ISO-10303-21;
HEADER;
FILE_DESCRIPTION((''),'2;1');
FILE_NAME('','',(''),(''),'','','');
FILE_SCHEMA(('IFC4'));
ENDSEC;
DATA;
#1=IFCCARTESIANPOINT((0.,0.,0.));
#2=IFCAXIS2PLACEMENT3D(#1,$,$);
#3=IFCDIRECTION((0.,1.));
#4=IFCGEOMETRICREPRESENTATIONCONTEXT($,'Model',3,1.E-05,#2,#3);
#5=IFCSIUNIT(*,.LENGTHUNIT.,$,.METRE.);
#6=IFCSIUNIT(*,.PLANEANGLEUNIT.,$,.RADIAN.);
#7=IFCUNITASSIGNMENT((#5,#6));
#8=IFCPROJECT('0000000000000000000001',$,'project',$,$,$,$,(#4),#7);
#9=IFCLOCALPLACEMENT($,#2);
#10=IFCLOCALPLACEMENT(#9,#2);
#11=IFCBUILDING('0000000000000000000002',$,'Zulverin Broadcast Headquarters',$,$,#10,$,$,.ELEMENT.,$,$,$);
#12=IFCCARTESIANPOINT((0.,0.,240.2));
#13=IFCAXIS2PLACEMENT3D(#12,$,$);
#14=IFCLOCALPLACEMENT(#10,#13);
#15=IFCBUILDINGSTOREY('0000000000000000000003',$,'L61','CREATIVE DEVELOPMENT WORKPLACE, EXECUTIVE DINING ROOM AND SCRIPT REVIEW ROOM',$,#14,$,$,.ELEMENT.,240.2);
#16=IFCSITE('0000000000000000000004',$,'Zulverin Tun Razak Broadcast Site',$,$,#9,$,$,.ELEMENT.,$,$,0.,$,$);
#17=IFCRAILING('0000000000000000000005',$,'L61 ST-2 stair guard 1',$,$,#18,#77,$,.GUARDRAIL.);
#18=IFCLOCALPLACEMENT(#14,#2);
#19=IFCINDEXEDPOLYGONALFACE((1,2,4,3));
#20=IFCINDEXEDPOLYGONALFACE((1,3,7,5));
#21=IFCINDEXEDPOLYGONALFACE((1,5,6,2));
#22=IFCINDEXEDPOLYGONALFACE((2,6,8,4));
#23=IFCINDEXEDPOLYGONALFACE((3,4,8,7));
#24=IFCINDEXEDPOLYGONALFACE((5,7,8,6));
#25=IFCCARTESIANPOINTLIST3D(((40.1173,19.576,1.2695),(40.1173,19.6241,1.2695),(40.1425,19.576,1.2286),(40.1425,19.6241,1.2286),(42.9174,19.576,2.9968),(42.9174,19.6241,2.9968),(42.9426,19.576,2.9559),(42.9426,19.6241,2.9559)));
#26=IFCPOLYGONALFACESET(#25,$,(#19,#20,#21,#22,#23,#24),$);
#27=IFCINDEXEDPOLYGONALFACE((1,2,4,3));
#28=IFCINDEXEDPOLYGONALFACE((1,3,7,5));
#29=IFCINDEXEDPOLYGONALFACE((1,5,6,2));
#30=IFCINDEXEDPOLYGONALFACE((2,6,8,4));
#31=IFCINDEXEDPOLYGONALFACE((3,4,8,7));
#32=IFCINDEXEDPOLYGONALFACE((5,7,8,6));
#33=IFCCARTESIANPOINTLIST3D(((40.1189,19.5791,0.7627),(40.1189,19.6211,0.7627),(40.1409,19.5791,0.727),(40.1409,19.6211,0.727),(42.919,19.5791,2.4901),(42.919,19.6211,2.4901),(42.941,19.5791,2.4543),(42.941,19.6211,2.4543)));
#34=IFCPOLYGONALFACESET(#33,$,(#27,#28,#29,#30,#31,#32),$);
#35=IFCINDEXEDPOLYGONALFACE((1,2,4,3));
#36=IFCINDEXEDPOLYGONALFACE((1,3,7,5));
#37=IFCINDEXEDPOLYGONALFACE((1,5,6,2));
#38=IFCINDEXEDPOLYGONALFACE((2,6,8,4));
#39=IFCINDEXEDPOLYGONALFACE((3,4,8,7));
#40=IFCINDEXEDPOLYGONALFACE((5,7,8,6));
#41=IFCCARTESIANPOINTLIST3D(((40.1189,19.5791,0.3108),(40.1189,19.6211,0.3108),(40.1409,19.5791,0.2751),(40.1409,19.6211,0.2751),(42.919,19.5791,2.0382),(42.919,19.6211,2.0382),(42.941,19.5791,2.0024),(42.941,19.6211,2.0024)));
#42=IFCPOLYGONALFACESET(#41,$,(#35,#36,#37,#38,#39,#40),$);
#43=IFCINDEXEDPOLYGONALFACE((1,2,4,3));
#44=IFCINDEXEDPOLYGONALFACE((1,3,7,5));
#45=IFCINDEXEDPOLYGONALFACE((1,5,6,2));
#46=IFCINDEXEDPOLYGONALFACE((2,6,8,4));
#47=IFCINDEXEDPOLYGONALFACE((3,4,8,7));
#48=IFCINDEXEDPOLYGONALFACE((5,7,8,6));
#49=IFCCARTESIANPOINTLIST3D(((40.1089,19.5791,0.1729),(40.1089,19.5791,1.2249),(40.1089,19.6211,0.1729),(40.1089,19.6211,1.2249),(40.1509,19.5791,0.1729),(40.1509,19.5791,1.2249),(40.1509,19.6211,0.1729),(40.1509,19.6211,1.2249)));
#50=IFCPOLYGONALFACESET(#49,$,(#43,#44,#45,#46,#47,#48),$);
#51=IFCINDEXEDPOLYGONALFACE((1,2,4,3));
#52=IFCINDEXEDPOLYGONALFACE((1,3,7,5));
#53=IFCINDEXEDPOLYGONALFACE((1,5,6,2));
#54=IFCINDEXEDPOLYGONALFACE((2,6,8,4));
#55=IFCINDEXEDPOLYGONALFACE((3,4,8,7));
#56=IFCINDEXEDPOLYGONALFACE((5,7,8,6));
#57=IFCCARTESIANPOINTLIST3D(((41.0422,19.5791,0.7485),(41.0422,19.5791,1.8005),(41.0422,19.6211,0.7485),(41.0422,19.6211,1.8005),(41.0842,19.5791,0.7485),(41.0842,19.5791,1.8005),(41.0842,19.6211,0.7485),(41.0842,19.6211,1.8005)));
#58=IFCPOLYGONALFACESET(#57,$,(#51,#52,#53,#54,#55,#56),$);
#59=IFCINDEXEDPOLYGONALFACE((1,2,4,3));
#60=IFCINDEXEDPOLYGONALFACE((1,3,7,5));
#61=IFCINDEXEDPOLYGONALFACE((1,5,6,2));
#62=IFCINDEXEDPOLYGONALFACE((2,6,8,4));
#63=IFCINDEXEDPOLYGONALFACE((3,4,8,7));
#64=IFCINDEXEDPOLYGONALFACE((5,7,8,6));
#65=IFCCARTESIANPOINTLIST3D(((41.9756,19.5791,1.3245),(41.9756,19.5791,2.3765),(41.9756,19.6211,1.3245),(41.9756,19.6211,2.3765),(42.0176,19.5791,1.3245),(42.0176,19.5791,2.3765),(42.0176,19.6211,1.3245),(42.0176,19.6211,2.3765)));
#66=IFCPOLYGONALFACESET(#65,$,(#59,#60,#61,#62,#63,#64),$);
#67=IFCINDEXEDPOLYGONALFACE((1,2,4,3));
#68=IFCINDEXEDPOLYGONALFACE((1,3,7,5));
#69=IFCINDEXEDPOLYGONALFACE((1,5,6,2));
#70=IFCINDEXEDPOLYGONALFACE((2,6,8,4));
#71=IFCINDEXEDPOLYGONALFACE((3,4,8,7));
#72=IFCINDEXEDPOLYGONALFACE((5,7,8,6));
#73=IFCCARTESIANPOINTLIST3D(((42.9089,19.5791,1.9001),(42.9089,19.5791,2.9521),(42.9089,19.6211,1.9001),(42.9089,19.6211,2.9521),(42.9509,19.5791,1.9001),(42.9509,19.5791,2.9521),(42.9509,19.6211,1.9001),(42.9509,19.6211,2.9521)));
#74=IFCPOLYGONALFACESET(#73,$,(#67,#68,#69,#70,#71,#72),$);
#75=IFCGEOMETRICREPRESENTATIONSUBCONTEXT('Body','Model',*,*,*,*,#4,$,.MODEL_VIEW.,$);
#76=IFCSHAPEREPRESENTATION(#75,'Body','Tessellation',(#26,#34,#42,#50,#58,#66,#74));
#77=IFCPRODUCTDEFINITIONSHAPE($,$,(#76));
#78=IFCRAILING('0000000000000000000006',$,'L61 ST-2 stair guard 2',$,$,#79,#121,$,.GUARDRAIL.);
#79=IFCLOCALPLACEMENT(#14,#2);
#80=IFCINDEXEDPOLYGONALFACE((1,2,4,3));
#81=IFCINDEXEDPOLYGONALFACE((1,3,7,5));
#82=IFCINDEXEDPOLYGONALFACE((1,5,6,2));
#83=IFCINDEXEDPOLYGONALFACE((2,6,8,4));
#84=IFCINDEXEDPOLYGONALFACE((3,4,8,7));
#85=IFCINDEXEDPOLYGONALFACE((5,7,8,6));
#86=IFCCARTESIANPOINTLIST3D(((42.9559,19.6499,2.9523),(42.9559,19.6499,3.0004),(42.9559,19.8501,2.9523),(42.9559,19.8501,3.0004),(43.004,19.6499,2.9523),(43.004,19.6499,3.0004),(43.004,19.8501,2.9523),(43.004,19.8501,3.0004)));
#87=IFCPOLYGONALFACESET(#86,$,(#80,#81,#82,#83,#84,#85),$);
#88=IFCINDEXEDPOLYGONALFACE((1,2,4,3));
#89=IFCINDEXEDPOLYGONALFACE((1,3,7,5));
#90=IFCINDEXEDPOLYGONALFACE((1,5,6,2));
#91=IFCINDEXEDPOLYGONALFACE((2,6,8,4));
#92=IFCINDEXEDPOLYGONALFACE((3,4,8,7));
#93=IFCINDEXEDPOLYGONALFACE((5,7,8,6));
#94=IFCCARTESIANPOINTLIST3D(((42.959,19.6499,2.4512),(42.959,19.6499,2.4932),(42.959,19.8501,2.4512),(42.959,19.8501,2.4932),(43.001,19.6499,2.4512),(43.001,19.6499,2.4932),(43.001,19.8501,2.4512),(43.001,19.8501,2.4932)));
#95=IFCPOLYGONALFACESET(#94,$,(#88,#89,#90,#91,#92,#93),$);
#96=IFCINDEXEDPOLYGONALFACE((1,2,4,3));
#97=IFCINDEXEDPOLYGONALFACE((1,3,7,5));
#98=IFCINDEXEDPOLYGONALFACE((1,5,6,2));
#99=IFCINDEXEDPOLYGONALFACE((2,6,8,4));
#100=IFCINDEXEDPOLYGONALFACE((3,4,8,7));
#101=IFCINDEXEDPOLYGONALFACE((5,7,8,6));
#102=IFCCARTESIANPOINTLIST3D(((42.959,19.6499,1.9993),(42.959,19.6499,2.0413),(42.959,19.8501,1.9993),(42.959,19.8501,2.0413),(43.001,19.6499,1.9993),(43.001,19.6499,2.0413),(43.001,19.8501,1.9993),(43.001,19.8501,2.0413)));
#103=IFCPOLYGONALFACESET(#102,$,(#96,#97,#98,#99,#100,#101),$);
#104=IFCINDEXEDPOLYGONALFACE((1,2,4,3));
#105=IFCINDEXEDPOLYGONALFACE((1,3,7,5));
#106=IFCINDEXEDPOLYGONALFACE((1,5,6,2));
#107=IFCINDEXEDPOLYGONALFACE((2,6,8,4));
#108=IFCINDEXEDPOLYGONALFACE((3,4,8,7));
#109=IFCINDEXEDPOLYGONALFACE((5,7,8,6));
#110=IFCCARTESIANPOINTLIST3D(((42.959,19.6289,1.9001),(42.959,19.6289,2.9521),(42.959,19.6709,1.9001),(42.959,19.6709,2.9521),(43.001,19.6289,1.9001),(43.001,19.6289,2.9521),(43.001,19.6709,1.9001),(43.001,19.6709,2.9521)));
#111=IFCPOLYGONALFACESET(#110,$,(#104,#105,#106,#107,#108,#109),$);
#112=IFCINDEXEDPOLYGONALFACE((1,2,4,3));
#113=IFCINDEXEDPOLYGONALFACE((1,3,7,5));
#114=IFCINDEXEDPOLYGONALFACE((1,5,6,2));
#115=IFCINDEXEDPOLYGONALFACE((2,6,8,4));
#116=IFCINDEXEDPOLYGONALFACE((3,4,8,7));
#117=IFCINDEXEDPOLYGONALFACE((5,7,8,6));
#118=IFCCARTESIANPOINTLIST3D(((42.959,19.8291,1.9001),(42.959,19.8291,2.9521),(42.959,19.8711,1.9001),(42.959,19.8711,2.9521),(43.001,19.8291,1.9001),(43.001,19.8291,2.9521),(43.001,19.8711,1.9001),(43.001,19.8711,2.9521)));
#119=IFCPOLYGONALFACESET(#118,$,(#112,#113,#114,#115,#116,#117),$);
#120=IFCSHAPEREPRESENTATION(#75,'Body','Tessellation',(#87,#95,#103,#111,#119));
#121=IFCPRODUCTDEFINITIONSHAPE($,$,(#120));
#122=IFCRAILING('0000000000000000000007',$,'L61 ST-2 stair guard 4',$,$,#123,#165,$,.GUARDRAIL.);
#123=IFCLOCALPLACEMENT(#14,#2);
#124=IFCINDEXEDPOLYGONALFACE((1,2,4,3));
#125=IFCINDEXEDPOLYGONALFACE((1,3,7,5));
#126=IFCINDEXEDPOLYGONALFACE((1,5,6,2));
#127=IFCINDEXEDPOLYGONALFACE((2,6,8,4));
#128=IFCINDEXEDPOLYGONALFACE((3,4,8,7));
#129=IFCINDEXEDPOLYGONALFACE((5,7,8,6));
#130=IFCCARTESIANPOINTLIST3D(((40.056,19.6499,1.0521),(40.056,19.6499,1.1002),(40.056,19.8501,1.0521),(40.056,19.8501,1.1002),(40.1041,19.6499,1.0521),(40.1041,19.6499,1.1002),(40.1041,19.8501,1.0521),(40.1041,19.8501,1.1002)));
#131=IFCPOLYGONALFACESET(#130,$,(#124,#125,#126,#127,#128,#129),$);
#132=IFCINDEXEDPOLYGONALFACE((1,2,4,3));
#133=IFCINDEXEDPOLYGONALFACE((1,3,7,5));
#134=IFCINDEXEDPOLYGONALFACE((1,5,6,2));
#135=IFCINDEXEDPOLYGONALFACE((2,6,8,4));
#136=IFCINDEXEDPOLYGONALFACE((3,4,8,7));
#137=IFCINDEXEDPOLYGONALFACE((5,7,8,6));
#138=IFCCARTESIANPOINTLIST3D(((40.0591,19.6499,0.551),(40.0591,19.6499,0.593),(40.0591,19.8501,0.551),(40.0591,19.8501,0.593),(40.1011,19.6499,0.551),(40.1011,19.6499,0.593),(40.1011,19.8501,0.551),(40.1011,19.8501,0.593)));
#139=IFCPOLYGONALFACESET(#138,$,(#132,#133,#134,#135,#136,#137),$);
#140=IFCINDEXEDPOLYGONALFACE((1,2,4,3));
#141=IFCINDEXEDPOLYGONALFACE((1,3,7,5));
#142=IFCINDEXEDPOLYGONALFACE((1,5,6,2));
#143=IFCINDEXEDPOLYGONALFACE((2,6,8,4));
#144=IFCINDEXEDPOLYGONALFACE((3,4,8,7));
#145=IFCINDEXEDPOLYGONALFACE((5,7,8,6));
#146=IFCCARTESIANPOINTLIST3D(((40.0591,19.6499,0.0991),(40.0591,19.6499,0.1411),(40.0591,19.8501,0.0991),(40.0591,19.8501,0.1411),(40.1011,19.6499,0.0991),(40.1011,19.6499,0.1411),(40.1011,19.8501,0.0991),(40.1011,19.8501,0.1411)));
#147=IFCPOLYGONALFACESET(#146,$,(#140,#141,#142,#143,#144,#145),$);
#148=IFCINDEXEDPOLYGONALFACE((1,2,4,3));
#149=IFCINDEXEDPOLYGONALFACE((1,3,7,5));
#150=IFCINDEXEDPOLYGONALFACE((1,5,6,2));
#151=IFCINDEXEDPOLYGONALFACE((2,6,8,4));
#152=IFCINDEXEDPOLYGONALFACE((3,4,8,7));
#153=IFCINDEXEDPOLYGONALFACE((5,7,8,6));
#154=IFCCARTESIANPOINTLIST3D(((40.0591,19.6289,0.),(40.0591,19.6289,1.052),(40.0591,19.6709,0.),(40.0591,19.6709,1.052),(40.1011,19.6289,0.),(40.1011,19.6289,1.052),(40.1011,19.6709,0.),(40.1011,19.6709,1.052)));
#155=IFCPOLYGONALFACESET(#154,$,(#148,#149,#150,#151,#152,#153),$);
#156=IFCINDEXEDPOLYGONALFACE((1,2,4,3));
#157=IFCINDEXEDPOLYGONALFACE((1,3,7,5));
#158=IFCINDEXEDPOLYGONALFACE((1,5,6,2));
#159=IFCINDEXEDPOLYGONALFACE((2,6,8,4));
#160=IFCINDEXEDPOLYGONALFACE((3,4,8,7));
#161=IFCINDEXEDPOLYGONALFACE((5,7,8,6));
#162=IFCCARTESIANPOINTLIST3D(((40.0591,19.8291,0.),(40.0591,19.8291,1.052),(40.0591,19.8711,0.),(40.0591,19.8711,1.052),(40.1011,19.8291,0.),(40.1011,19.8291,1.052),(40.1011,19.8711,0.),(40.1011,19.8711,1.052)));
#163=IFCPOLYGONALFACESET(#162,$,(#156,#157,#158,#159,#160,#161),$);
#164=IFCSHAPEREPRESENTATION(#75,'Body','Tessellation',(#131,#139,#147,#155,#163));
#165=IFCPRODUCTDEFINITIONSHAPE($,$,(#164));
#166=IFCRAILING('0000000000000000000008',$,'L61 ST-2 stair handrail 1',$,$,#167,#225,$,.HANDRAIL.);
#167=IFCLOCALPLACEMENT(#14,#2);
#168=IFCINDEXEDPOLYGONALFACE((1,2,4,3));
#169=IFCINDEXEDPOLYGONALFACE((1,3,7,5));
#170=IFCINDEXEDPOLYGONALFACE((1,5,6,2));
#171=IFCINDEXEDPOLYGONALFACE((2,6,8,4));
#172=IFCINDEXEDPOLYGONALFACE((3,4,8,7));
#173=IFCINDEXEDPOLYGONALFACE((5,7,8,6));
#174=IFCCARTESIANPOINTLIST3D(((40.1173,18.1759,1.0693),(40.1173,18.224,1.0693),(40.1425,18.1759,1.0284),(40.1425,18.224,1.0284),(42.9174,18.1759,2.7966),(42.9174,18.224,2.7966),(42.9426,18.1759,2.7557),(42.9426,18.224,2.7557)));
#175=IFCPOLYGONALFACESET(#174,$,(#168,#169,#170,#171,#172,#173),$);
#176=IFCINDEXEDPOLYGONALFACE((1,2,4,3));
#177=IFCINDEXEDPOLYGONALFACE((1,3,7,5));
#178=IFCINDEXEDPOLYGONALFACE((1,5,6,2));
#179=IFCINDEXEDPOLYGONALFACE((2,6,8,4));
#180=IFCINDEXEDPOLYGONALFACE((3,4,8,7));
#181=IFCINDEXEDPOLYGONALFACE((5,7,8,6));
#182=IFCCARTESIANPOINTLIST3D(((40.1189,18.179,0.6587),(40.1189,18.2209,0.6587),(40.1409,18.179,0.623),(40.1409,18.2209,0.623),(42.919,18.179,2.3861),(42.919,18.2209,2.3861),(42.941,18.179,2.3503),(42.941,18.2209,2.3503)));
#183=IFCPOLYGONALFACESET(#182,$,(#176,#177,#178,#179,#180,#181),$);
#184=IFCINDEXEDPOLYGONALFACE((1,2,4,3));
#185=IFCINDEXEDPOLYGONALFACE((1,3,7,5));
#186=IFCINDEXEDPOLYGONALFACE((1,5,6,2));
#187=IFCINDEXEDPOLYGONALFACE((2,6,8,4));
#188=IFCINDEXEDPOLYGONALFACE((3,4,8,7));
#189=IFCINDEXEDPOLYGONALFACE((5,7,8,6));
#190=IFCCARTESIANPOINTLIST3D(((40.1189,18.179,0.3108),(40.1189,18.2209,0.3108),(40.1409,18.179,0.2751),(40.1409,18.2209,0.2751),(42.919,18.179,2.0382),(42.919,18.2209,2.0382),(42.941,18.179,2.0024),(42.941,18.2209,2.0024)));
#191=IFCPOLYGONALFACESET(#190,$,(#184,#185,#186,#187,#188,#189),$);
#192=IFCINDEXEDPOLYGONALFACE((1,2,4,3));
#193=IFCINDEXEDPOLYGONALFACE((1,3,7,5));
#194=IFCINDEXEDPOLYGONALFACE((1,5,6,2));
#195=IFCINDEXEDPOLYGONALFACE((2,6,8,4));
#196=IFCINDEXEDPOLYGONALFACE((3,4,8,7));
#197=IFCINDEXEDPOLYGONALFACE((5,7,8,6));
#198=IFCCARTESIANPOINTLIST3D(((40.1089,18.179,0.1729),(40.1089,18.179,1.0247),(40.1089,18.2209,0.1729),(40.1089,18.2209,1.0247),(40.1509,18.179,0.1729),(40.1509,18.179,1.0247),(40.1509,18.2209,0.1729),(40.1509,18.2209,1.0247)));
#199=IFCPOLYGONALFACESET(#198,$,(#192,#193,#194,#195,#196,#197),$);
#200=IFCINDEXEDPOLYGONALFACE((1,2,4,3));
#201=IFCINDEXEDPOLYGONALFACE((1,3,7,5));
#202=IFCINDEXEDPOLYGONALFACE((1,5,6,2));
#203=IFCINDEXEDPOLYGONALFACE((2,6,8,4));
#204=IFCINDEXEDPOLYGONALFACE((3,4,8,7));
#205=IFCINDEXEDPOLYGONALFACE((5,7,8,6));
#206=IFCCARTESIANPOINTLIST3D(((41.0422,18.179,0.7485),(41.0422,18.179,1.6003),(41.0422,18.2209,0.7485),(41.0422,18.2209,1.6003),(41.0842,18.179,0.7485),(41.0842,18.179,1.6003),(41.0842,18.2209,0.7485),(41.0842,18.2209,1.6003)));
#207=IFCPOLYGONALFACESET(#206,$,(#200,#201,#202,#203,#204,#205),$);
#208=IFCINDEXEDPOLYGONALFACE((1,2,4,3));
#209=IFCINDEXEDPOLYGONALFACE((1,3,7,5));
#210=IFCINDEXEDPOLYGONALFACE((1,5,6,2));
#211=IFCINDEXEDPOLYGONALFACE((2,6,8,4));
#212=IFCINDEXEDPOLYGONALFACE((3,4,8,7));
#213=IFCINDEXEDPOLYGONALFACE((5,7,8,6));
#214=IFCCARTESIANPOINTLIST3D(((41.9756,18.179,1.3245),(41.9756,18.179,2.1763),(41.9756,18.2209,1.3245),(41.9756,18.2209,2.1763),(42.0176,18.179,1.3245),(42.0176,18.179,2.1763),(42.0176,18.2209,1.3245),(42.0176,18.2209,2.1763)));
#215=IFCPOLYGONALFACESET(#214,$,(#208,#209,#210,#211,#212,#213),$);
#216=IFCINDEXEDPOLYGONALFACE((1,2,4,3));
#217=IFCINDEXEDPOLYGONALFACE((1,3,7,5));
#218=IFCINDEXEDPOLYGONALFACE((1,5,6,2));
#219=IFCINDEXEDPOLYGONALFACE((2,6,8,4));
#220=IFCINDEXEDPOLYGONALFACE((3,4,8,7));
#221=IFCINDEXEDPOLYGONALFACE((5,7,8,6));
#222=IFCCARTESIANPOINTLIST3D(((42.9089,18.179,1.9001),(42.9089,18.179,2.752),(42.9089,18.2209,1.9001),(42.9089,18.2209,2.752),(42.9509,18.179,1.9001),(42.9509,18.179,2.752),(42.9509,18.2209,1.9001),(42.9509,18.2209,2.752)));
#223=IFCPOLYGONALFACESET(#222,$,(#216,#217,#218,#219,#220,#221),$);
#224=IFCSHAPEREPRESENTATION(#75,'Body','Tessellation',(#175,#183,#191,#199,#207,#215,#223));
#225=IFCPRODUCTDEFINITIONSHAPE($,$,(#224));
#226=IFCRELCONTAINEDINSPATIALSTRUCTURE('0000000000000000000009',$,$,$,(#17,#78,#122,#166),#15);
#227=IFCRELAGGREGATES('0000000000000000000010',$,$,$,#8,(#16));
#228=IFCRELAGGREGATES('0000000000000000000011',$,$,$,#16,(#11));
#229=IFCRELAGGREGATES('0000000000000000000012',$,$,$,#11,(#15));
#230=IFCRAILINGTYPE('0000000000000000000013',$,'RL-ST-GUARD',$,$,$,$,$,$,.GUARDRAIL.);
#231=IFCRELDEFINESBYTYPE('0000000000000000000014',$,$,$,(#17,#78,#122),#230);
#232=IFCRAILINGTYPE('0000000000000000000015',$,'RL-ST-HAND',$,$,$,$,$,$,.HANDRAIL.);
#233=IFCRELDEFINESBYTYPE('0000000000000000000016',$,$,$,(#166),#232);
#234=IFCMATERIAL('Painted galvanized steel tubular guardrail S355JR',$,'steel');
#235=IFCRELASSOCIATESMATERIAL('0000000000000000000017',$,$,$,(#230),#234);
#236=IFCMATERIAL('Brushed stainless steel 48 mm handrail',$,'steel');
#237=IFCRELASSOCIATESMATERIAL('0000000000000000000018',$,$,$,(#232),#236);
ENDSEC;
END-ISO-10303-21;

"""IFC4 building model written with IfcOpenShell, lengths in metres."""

from ifc_helpers import new_model, si_unit, direction, frame, origin, origin_2d, place, context, subcontext, project, spatial, rectangle, extrude, material, type_object, element, save


model = new_model("IFC4")

# Units and contexts
model_context = context("Model", 3, precision=1e-05, world=origin(), true_north=direction((0.0, 1.0)))
body_context = subcontext(model_context, "Body", "Model", "MODEL_VIEW")
ifc_project = project(units=[si_unit("LENGTHUNIT", "METRE"), si_unit("PLANEANGLEUNIT", "RADIAN")], contexts=[model_context])

# Site, building, storey
site_placement = place(None, origin())
site = spatial("IfcSite", under=ifc_project, at=site_placement, Name="Zulverin Tun Razak Broadcast Site", CompositionType="ELEMENT", RefElevation=0.0)
building_placement = place(site_placement, origin())
building = spatial("IfcBuilding", under=site, at=building_placement, Name="Zulverin Broadcast Headquarters", CompositionType="ELEMENT")
storey_placement = place(building_placement, frame((0.0, 0.0, 240.2)))
storey = spatial("IfcBuildingStorey", under=building, at=storey_placement, Name="L61", Description="CREATIVE DEVELOPMENT WORKPLACE, EXECUTIVE DINING ROOM AND SCRIPT REVIEW ROOM", CompositionType="ELEMENT", Elevation=240.2)

# Railings
ifc_material_1 = material(Name="Painted galvanized steel tubular guardrail S355JR", Category="steel")
railing_type_1 = type_object("IfcRailingType", Name="RL-ST-GUARD", PredefinedType="GUARDRAIL", material=ifc_material_1)
railing_1_placement = place(storey_placement, frame((40.1299, 19.6001, 0.1729)))
element("IfcRailing", 1, at=railing_1_placement, inside=storey, type_object=railing_type_1, Name="L61 ST-2 stair guard 1", PredefinedType="GUARDRAIL", context=body_context, shape_type="SweptSolid", body=[
    extrude(rectangle(XDim=0.0481, YDim=0.0481, at=origin_2d()), frame((0.0, 0.0, 1.0762), z_axis=(0.85109, 0.0, 0.52502), x_axis=(0.0, 1.0, 0.0)), (0.0, 0.0, 1.0), 3.29),
    extrude(rectangle(XDim=0.042, YDim=0.042, at=origin_2d()), frame((0.0, 0.0, 0.572), z_axis=(0.85109, 0.0, 0.52502), x_axis=(0.0, 1.0, 0.0)), (0.0, 0.0, 1.0), 3.29),
    extrude(rectangle(XDim=0.042, YDim=0.042, at=origin_2d()), frame((0.0, 0.0, 0.1201), z_axis=(0.85109, 0.0, 0.52502), x_axis=(0.0, 1.0, 0.0)), (0.0, 0.0, 1.0), 3.29),
    extrude(rectangle(XDim=0.042, YDim=0.042, at=origin_2d()), origin(), (0.0, 0.0, 1.0), 1.052),
    extrude(rectangle(XDim=0.042, YDim=0.042, at=origin_2d()), frame((0.9333, 0.0, 0.5757)), (0.0, 0.0, 1.0), 1.052),
    extrude(rectangle(XDim=0.042, YDim=0.042, at=origin_2d()), frame((1.8667, 0.0, 1.1516)), (0.0, 0.0, 1.0), 1.052),
    extrude(rectangle(XDim=0.042, YDim=0.042, at=origin_2d()), frame((2.8, 0.0, 1.7273)), (0.0, 0.0, 1.0), 1.052),
])
for number, where, name in (
    (2, (42.98, 19.6499, 1.9001), "L61 ST-2 stair guard 2"),
    (3, (40.0801, 19.6499, 0.0), "L61 ST-2 stair guard 4"),
):
    element("IfcRailing", number, at=place(storey_placement, frame(where)), inside=storey, type_object=railing_type_1, Name=name, PredefinedType="GUARDRAIL", context=body_context, shape_type="SweptSolid", body=[
        extrude(rectangle(XDim=0.0481, YDim=0.0481, at=origin_2d()), frame((0.0, 0.0, 1.0762), z_axis=(0.0, 1.0, 0.0), x_axis=(-1.0, 0.0, 0.0)), (0.0, 0.0, 1.0), 0.2002),
        extrude(rectangle(XDim=0.042, YDim=0.042, at=origin_2d()), frame((0.0, 0.0, 0.572), z_axis=(0.0, 1.0, 0.0), x_axis=(-1.0, 0.0, 0.0)), (0.0, 0.0, 1.0), 0.2002),
        extrude(rectangle(XDim=0.042, YDim=0.042, at=origin_2d()), frame((0.0, 0.0, 0.1201), z_axis=(0.0, 1.0, 0.0), x_axis=(-1.0, 0.0, 0.0)), (0.0, 0.0, 1.0), 0.2002),
        extrude(rectangle(XDim=0.042, YDim=0.042, at=origin_2d()), origin(), (0.0, 0.0, 1.0), 1.052),
        extrude(rectangle(XDim=0.042, YDim=0.042, at=origin_2d()), frame((0.0, 0.2002, 0.0)), (0.0, 0.0, 1.0), 1.052),
    ])
ifc_material_2 = material(Name="Brushed stainless steel 48 mm handrail", Category="steel")
railing_type_2 = type_object("IfcRailingType", Name="RL-ST-HAND", PredefinedType="HANDRAIL", material=ifc_material_2)
railing_2_placement = place(storey_placement, frame((40.1299, 18.2, 0.1729)))
element("IfcRailing", 4, at=railing_2_placement, inside=storey, type_object=railing_type_2, Name="L61 ST-2 stair handrail 1", PredefinedType="HANDRAIL", context=body_context, shape_type="SweptSolid", body=[
    extrude(rectangle(XDim=0.0481, YDim=0.0481, at=origin_2d()), frame((0.0, 0.0, 0.876), z_axis=(0.85109, 0.0, 0.52502), x_axis=(0.0, 1.0, 0.0)), (0.0, 0.0, 1.0), 3.29),
    extrude(rectangle(XDim=0.042, YDim=0.042, at=origin_2d()), frame((0.0, 0.0, 0.468), z_axis=(0.85109, 0.0, 0.52502), x_axis=(0.0, 1.0, 0.0)), (0.0, 0.0, 1.0), 3.29),
    extrude(rectangle(XDim=0.042, YDim=0.042, at=origin_2d()), frame((0.0, 0.0, 0.1201), z_axis=(0.85109, 0.0, 0.52502), x_axis=(0.0, 1.0, 0.0)), (0.0, 0.0, 1.0), 3.29),
    extrude(rectangle(XDim=0.042, YDim=0.042, at=origin_2d()), origin(), (0.0, 0.0, 1.0), 0.8518),
    extrude(rectangle(XDim=0.042, YDim=0.042, at=origin_2d()), frame((0.9333, 0.0, 0.5757)), (0.0, 0.0, 1.0), 0.8518),
    extrude(rectangle(XDim=0.042, YDim=0.042, at=origin_2d()), frame((1.8667, 0.0, 1.1516)), (0.0, 0.0, 1.0), 0.8518),
    extrude(rectangle(XDim=0.042, YDim=0.042, at=origin_2d()), frame((2.8, 0.0, 1.7273)), (0.0, 0.0, 1.0), 0.8518),
])

save(model, "model.ifc")
